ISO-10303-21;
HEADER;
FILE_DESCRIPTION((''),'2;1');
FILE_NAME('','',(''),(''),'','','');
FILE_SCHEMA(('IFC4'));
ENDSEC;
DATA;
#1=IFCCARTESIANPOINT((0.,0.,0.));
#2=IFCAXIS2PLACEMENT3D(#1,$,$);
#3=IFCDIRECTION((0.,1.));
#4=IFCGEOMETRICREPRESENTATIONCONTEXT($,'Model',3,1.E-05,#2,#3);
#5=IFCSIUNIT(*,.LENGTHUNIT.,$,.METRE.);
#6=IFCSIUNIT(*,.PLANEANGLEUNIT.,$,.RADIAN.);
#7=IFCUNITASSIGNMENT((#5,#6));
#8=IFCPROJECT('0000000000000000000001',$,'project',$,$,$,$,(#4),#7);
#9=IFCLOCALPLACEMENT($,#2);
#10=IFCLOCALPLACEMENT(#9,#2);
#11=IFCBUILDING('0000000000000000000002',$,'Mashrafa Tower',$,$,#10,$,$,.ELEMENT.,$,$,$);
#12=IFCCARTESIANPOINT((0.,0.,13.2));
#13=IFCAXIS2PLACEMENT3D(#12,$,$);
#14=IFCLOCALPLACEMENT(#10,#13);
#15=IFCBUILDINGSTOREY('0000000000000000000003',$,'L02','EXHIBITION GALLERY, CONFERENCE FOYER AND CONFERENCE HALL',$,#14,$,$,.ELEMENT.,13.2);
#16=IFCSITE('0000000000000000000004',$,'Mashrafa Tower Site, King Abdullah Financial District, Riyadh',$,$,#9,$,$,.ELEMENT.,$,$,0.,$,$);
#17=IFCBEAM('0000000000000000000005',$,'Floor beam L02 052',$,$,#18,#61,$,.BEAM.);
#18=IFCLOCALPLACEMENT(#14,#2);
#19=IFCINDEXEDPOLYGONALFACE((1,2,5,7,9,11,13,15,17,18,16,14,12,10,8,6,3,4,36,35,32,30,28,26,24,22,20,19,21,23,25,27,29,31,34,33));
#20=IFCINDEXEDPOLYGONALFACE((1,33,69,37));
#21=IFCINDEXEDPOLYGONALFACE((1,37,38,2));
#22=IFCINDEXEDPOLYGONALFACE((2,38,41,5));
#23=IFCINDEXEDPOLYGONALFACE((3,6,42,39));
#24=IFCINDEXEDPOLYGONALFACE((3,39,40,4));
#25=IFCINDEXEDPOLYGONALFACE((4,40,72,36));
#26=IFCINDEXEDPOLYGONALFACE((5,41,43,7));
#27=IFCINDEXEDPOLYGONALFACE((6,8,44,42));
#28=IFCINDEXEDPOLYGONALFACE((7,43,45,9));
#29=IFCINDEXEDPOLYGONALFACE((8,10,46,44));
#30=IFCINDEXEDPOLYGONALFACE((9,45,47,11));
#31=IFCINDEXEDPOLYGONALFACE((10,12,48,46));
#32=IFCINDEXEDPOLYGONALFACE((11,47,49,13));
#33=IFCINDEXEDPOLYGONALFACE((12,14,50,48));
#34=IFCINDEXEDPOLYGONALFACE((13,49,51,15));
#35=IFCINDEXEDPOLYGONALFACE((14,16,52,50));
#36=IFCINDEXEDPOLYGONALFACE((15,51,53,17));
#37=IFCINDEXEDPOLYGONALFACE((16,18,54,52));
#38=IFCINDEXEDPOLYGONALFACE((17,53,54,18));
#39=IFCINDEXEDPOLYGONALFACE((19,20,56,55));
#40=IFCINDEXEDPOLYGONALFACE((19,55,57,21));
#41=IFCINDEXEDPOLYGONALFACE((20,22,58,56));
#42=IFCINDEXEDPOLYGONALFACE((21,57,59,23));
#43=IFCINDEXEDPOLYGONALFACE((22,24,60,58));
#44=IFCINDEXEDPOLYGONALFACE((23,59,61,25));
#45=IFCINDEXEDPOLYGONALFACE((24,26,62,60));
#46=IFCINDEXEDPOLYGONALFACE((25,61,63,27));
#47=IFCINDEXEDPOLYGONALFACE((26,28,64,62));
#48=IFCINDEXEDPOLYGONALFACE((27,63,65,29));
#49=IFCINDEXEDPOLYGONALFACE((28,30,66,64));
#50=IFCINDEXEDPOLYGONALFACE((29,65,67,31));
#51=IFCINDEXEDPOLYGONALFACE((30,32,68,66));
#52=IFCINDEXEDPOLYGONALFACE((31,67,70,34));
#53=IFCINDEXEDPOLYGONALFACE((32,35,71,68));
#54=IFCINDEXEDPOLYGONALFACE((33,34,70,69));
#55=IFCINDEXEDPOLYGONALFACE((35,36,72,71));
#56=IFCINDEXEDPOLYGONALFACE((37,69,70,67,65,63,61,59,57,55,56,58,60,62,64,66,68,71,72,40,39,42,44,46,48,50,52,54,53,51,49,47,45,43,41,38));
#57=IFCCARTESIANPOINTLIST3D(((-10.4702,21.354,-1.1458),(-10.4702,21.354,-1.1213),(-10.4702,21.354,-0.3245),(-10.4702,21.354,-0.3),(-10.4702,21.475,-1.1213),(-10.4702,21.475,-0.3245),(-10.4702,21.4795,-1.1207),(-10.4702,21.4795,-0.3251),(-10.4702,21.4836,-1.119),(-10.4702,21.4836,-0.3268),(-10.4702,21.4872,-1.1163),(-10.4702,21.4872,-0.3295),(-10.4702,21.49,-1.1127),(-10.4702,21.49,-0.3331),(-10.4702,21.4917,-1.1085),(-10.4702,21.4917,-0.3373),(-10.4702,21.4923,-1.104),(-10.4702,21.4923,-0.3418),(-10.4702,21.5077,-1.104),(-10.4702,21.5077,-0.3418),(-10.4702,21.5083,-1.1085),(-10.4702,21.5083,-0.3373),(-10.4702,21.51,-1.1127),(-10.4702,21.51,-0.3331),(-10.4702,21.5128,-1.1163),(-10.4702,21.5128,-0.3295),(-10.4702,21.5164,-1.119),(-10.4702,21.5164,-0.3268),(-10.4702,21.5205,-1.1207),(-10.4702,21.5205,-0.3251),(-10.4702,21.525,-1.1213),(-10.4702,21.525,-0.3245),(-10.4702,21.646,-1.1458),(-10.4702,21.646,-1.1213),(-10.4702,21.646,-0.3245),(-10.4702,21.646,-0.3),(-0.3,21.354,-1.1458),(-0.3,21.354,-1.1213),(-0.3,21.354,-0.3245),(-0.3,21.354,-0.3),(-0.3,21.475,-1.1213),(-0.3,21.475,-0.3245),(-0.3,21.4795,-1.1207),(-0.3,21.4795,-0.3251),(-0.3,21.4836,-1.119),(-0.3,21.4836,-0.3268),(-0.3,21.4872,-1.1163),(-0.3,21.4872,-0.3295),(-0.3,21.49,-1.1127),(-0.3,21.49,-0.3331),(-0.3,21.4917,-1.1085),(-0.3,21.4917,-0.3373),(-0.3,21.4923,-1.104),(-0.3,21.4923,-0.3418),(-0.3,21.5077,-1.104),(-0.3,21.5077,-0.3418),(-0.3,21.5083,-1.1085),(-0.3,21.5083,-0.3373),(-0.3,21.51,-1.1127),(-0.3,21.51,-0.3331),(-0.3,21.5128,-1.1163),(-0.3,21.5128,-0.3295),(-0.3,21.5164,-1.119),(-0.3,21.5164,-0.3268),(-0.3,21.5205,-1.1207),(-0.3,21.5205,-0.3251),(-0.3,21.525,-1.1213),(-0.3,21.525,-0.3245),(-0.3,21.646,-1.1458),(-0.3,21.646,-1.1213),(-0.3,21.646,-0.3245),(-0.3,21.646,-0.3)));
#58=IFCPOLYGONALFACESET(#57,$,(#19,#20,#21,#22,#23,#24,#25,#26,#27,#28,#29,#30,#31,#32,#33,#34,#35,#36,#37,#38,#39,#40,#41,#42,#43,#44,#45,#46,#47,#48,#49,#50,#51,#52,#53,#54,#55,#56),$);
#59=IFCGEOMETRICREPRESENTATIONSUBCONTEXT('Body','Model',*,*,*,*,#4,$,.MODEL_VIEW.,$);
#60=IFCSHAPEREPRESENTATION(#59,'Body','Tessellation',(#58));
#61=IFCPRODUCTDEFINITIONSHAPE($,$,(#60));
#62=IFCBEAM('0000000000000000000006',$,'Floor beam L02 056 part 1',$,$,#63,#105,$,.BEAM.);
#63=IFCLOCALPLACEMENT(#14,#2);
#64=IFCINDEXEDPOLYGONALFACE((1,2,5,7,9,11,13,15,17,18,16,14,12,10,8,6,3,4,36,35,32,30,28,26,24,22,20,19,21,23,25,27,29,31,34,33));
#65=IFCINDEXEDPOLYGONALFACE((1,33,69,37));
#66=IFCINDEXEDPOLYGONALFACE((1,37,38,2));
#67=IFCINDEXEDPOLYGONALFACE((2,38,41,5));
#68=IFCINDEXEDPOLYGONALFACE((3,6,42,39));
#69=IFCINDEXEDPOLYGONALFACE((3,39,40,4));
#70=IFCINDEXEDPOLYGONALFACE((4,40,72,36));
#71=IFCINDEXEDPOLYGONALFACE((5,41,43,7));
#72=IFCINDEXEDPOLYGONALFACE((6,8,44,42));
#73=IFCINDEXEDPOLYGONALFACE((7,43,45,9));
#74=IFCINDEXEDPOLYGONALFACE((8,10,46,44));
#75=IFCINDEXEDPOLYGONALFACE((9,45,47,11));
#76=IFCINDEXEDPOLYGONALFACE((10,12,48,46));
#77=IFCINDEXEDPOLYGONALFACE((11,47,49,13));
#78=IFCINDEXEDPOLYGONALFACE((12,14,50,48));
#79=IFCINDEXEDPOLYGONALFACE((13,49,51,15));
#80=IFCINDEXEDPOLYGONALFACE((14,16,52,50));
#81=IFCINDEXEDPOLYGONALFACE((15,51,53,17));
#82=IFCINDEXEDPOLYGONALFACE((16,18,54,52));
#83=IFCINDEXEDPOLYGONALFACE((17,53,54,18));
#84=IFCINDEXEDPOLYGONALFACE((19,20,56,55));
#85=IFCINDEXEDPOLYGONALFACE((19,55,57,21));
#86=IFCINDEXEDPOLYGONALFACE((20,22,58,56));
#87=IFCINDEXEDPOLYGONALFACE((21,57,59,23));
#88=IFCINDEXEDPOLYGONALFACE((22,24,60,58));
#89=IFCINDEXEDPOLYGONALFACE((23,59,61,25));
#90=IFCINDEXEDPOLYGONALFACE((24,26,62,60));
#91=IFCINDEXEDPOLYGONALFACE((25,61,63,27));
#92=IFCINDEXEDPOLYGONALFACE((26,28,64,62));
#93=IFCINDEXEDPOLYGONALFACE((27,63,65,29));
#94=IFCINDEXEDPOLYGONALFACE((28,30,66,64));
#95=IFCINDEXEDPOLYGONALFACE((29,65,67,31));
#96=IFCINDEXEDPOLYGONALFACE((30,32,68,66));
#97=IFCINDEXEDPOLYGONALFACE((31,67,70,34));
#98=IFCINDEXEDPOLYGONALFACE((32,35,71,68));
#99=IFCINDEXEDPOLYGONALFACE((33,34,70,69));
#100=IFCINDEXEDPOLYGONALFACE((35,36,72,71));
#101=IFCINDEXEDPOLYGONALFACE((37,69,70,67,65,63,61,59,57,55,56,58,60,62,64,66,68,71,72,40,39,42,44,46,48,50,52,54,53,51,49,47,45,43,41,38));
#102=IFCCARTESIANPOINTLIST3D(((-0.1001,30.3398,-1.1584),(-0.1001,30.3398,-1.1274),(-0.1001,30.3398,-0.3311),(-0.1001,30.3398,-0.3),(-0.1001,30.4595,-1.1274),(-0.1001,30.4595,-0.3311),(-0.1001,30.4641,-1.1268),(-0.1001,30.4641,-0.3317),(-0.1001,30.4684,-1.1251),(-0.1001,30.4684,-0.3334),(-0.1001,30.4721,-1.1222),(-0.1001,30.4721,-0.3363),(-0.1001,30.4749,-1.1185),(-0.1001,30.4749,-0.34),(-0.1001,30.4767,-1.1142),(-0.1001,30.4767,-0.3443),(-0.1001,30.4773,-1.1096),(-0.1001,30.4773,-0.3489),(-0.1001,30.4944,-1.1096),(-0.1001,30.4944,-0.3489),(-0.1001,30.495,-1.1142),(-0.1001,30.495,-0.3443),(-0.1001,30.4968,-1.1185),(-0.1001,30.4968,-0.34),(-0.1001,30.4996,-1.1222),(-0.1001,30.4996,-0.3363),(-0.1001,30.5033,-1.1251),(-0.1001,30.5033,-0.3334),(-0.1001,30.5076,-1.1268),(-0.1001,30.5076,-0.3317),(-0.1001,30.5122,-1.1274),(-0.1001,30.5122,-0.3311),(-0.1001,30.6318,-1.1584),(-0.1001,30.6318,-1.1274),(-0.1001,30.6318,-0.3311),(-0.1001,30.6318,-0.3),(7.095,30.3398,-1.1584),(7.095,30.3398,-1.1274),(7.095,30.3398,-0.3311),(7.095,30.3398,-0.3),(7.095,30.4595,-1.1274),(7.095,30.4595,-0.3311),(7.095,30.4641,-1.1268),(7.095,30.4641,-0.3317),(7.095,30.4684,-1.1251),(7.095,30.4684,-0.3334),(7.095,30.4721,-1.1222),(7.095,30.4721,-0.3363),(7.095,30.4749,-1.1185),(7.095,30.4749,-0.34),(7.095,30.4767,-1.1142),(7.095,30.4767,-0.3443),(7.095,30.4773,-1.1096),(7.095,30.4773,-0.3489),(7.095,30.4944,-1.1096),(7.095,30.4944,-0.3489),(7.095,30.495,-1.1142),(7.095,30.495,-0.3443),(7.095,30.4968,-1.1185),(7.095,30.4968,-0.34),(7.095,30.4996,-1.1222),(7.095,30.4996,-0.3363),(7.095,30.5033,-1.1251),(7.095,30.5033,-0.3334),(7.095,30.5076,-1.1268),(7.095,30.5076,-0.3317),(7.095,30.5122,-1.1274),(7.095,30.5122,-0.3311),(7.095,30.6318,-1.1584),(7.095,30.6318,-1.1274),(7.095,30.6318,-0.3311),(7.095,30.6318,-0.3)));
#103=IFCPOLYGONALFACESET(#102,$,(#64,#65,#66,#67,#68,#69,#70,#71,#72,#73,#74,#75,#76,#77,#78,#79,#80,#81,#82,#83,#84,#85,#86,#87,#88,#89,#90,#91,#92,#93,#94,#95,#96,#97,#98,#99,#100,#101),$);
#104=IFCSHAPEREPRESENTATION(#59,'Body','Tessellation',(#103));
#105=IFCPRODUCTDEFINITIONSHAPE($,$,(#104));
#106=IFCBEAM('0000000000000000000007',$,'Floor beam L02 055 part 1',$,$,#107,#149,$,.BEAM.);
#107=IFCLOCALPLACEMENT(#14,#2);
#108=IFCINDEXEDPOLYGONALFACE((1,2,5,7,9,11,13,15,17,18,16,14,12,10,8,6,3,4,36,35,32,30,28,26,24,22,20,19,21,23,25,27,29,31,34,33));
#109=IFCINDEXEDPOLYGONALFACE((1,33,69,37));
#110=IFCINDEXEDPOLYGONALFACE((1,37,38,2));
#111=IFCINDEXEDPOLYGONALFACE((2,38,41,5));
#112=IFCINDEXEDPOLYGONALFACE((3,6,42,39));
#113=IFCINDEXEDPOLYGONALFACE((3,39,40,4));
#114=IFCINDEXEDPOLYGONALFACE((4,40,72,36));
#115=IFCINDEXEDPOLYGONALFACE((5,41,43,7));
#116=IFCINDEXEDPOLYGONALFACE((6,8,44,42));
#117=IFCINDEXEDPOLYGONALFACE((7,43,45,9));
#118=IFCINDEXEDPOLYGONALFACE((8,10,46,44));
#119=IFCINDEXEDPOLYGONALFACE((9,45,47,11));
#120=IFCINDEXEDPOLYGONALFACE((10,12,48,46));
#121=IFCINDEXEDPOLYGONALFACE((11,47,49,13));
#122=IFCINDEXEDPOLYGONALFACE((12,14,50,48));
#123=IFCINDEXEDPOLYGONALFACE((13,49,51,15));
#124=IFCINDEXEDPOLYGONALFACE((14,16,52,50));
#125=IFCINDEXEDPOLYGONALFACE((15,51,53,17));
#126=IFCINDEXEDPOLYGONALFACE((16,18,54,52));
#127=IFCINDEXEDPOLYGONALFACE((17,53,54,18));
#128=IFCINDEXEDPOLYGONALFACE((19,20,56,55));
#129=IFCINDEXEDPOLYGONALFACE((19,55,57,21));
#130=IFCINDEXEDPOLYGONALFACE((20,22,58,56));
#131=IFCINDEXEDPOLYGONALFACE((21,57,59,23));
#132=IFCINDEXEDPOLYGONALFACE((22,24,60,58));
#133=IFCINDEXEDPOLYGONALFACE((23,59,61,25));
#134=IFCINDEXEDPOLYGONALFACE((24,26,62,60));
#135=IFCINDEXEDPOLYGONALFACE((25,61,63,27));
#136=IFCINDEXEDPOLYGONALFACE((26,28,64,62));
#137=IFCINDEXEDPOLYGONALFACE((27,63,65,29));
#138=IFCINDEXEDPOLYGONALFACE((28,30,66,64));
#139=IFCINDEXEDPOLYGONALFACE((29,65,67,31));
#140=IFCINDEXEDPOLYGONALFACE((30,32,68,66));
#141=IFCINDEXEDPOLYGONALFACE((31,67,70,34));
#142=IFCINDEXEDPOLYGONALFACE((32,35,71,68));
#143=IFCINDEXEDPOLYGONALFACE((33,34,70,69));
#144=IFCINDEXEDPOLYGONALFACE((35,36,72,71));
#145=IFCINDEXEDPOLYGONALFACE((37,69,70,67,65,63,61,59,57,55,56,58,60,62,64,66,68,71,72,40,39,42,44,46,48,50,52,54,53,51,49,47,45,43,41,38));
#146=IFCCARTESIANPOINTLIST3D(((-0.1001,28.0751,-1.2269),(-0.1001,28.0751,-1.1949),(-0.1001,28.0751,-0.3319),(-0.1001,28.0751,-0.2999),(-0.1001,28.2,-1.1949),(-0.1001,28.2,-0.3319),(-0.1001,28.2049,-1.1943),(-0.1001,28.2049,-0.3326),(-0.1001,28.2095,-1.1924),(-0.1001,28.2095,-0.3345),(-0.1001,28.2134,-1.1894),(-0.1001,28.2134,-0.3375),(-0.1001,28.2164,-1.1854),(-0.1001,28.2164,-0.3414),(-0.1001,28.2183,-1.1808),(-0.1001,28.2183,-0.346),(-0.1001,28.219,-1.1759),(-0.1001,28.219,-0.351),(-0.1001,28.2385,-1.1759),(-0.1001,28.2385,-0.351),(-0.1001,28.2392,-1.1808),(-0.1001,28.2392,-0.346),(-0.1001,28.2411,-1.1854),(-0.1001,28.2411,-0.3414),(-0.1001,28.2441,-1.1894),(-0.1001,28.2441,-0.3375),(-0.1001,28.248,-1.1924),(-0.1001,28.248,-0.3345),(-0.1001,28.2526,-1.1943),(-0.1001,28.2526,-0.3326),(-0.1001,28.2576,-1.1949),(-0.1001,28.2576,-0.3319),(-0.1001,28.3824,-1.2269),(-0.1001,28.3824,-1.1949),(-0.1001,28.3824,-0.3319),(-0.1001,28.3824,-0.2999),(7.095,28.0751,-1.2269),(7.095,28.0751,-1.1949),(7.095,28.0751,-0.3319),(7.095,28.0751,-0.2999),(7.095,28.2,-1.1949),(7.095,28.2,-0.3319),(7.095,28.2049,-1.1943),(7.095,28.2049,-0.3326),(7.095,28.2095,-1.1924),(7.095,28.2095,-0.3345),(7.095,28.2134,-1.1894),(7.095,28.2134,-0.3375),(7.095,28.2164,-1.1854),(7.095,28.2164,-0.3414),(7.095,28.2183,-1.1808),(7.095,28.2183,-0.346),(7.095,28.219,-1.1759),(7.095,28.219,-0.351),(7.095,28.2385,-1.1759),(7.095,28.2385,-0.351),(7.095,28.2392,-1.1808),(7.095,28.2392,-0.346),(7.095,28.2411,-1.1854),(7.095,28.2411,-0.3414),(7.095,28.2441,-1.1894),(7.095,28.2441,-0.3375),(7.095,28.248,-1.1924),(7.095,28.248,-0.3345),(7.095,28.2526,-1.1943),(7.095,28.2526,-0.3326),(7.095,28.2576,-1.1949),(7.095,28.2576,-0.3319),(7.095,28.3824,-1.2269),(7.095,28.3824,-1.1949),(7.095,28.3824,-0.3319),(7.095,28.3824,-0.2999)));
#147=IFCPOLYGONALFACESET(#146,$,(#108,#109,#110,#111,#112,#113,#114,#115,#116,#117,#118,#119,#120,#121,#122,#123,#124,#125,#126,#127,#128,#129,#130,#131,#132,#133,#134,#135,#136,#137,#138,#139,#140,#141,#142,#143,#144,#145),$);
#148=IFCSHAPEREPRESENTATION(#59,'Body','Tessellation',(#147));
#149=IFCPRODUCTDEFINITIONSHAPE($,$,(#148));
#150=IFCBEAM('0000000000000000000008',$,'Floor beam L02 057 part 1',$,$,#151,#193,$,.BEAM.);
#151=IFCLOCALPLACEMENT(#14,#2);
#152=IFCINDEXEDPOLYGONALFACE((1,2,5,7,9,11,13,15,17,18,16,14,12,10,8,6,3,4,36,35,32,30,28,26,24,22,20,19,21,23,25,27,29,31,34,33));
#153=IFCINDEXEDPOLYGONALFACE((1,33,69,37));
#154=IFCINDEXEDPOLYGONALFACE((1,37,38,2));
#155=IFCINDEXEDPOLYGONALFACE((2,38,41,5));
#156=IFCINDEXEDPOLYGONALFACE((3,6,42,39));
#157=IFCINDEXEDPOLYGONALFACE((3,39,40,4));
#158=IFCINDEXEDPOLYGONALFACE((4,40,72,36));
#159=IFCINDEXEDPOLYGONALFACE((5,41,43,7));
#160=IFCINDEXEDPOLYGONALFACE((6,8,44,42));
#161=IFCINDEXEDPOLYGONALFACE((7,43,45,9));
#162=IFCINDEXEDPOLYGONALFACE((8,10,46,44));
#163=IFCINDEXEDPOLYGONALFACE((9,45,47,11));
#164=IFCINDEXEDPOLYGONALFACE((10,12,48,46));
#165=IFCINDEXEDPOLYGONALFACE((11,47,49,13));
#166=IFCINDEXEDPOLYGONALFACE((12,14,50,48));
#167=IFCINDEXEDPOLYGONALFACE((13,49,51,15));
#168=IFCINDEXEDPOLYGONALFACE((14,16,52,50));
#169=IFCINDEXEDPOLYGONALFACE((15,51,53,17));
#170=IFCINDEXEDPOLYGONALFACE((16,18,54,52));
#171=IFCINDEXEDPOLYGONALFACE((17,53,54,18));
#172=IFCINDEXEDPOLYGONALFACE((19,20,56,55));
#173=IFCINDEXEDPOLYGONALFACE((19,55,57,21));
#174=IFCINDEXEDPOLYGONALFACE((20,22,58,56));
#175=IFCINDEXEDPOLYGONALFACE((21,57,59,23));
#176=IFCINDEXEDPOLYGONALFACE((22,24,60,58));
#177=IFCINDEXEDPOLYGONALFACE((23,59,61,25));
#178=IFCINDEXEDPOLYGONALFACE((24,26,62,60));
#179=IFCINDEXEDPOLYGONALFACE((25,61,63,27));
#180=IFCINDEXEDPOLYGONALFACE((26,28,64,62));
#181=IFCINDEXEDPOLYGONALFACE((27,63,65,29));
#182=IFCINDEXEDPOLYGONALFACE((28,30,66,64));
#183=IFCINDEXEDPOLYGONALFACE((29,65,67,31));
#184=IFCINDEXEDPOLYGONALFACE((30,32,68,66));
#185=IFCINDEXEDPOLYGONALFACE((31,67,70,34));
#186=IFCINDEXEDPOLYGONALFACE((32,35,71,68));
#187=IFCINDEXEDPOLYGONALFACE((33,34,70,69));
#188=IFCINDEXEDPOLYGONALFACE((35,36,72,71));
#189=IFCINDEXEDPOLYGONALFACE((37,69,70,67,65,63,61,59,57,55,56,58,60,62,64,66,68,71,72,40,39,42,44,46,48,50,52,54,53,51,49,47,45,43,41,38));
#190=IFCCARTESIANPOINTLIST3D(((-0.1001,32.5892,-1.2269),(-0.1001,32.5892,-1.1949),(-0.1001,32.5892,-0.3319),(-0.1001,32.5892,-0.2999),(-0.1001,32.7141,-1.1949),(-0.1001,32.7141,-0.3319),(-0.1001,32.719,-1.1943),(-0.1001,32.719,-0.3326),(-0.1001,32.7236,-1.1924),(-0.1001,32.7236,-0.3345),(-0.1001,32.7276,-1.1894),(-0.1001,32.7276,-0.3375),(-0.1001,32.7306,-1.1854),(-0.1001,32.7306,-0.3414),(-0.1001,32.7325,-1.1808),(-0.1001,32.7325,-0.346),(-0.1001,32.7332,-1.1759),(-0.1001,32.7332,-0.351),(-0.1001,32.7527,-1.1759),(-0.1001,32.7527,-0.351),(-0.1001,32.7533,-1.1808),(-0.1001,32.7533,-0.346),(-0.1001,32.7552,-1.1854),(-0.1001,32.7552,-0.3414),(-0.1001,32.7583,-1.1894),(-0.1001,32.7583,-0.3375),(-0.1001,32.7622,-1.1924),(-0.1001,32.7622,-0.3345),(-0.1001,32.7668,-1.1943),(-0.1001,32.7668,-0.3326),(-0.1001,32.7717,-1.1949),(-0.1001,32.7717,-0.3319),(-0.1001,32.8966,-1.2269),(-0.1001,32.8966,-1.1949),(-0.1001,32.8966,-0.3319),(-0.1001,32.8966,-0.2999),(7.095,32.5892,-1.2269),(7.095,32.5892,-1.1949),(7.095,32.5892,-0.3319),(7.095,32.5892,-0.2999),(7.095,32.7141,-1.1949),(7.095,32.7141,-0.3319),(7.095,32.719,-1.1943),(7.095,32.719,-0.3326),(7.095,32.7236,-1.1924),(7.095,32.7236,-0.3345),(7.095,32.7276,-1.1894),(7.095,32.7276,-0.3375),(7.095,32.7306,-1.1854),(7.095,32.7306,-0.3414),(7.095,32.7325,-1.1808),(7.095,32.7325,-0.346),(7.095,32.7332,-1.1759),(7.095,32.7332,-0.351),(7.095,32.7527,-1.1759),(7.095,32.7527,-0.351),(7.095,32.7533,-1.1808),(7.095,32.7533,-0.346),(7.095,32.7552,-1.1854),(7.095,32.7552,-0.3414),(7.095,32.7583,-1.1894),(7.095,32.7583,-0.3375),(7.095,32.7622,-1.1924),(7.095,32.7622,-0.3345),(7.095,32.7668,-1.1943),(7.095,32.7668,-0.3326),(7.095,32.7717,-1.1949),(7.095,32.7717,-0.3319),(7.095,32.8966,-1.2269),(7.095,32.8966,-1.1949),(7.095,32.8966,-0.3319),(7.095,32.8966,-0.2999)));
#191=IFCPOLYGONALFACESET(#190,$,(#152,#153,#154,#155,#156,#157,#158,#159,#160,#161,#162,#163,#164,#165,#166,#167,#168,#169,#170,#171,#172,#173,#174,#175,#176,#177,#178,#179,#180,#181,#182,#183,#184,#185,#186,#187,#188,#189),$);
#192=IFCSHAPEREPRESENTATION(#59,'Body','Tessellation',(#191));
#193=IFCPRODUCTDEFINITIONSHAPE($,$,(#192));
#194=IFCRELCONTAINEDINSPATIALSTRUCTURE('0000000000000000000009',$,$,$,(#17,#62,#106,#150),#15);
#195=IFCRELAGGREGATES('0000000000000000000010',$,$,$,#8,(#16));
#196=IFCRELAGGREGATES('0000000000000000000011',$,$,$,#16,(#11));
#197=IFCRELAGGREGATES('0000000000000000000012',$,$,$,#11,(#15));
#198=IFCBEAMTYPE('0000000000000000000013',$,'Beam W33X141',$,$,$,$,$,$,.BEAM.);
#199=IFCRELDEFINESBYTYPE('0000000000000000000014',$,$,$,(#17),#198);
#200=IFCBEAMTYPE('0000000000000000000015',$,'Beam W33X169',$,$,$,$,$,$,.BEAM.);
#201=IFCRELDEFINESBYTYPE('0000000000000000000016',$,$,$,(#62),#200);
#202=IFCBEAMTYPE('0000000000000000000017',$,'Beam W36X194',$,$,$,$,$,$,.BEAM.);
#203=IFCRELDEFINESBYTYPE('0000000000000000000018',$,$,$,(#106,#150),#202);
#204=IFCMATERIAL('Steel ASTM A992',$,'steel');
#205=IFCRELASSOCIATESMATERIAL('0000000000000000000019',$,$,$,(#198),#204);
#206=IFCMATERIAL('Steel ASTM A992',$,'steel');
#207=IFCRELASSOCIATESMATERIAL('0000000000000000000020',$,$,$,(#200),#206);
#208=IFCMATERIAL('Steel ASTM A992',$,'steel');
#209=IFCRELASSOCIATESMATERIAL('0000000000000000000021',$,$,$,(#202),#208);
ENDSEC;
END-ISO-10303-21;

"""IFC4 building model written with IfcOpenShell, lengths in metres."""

from ifc_helpers import new_model, si_unit, direction, frame, origin, origin_2d, place, context, subcontext, project, spatial, i_section, extrude, material, material_profile, profile_set, type_object, element, save


model = new_model("IFC4")

# Units and contexts
model_context = context("Model", 3, precision=1e-05, world=origin(), true_north=direction((0.0, 1.0)))
body_context = subcontext(model_context, "Body", "Model", "MODEL_VIEW")
ifc_project = project(units=[si_unit("LENGTHUNIT", "METRE"), si_unit("PLANEANGLEUNIT", "RADIAN")], contexts=[model_context])

# Site, building, storey
site_placement = place(None, origin())
site = spatial("IfcSite", under=ifc_project, at=site_placement, Name="Mashrafa Tower Site, King Abdullah Financial District, Riyadh", CompositionType="ELEMENT", RefElevation=0.0)
building_placement = place(site_placement, origin())
building = spatial("IfcBuilding", under=site, at=building_placement, Name="Mashrafa Tower", CompositionType="ELEMENT")
storey_placement = place(building_placement, frame((0.0, 0.0, 13.2)))
storey = spatial("IfcBuildingStorey", under=building, at=storey_placement, Name="L02", Description="EXHIBITION GALLERY, CONFERENCE FOYER AND CONFERENCE HALL", CompositionType="ELEMENT", Elevation=13.2)

# Beams
ifc_material_1 = material(Name="Steel ASTM A992", Category="steel")
ifc_material_profile_1 = material_profile(ifc_material_1, i_section(OverallWidth=0.292, OverallDepth=0.8457, WebThickness=0.0154, FlangeThickness=0.0244, FilletRadius=0.0173, at=origin_2d()), Name="W33X141")
ifc_profile_set_1 = profile_set([ifc_material_profile_1], Name="Steel ASTM A992")
beam_type_1 = type_object("IfcBeamType", Name="Beam W33X141", PredefinedType="BEAM", material=ifc_profile_set_1)
beam_1_placement = place(storey_placement, frame((-10.4702, 21.5, -0.7229), z_axis=(1.0, 0.0, 0.0), x_axis=(0.0, 1.0, 0.0)))
element("IfcBeam", 1, at=beam_1_placement, inside=storey, type_object=beam_type_1, Name="Floor beam L02 052", PredefinedType="BEAM", context=body_context, shape_type="SweptSolid", body=[
    extrude(i_section(OverallWidth=0.292, OverallDepth=0.8457, WebThickness=0.0154, FlangeThickness=0.0244, FilletRadius=0.0173, at=origin_2d()), origin(), (0.0, 0.0, 1.0), 10.1702),
])
ifc_material_2 = material(Name="Steel ASTM A992", Category="steel")
ifc_material_profile_2 = material_profile(ifc_material_2, i_section(OverallWidth=0.292, OverallDepth=0.8584, WebThickness=0.0171, FlangeThickness=0.031, FilletRadius=0.0178, at=origin_2d()), Name="W33X169")
ifc_profile_set_2 = profile_set([ifc_material_profile_2], Name="Steel ASTM A992")
beam_type_2 = type_object("IfcBeamType", Name="Beam W33X169", PredefinedType="BEAM", material=ifc_profile_set_2)
beam_2_placement = place(storey_placement, frame((-0.1001, 30.4858, -0.7292), z_axis=(1.0, 0.0, 0.0), x_axis=(0.0, 1.0, 0.0)))
element("IfcBeam", 2, at=beam_2_placement, inside=storey, type_object=beam_type_2, Name="Floor beam L02 056 part 1", PredefinedType="BEAM", context=body_context, shape_type="SweptSolid", body=[
    extrude(i_section(OverallWidth=0.292, OverallDepth=0.8584, WebThickness=0.0171, FlangeThickness=0.031, FilletRadius=0.0178, at=origin_2d()), origin(), (0.0, 0.0, 1.0), 7.1951),
])
ifc_material_3 = material(Name="Steel ASTM A992", Category="steel")
ifc_material_profile_3 = material_profile(ifc_material_3, i_section(OverallWidth=0.3074, OverallDepth=0.927, WebThickness=0.0195, FlangeThickness=0.032, FilletRadius=0.019, at=origin_2d()), Name="W36X194")
ifc_profile_set_3 = profile_set([ifc_material_profile_3], Name="Steel ASTM A992")
beam_type_3 = type_object("IfcBeamType", Name="Beam W36X194", PredefinedType="BEAM", material=ifc_profile_set_3)
for number, where, z_axis, x_axis, name in (
    (3, (-0.1001, 28.2288, -0.7634), (1.0, 0.0, 0.0), (0.0, 1.0, 0.0), "Floor beam L02 055 part 1"),
    (4, (-0.1001, 32.7429, -0.7634), (1.0, 0.0, 0.0), (0.0, 1.0, 0.0), "Floor beam L02 057 part 1"),
):
    element("IfcBeam", number, at=place(storey_placement, frame(where, z_axis=z_axis, x_axis=x_axis)), inside=storey, type_object=beam_type_3, Name=name, PredefinedType="BEAM", context=body_context, shape_type="SweptSolid", body=[
        extrude(i_section(OverallWidth=0.3074, OverallDepth=0.927, WebThickness=0.0195, FlangeThickness=0.032, FilletRadius=0.019, at=origin_2d()), origin(), (0.0, 0.0, 1.0), 7.1951),
    ])

save(model, "model.ifc")
